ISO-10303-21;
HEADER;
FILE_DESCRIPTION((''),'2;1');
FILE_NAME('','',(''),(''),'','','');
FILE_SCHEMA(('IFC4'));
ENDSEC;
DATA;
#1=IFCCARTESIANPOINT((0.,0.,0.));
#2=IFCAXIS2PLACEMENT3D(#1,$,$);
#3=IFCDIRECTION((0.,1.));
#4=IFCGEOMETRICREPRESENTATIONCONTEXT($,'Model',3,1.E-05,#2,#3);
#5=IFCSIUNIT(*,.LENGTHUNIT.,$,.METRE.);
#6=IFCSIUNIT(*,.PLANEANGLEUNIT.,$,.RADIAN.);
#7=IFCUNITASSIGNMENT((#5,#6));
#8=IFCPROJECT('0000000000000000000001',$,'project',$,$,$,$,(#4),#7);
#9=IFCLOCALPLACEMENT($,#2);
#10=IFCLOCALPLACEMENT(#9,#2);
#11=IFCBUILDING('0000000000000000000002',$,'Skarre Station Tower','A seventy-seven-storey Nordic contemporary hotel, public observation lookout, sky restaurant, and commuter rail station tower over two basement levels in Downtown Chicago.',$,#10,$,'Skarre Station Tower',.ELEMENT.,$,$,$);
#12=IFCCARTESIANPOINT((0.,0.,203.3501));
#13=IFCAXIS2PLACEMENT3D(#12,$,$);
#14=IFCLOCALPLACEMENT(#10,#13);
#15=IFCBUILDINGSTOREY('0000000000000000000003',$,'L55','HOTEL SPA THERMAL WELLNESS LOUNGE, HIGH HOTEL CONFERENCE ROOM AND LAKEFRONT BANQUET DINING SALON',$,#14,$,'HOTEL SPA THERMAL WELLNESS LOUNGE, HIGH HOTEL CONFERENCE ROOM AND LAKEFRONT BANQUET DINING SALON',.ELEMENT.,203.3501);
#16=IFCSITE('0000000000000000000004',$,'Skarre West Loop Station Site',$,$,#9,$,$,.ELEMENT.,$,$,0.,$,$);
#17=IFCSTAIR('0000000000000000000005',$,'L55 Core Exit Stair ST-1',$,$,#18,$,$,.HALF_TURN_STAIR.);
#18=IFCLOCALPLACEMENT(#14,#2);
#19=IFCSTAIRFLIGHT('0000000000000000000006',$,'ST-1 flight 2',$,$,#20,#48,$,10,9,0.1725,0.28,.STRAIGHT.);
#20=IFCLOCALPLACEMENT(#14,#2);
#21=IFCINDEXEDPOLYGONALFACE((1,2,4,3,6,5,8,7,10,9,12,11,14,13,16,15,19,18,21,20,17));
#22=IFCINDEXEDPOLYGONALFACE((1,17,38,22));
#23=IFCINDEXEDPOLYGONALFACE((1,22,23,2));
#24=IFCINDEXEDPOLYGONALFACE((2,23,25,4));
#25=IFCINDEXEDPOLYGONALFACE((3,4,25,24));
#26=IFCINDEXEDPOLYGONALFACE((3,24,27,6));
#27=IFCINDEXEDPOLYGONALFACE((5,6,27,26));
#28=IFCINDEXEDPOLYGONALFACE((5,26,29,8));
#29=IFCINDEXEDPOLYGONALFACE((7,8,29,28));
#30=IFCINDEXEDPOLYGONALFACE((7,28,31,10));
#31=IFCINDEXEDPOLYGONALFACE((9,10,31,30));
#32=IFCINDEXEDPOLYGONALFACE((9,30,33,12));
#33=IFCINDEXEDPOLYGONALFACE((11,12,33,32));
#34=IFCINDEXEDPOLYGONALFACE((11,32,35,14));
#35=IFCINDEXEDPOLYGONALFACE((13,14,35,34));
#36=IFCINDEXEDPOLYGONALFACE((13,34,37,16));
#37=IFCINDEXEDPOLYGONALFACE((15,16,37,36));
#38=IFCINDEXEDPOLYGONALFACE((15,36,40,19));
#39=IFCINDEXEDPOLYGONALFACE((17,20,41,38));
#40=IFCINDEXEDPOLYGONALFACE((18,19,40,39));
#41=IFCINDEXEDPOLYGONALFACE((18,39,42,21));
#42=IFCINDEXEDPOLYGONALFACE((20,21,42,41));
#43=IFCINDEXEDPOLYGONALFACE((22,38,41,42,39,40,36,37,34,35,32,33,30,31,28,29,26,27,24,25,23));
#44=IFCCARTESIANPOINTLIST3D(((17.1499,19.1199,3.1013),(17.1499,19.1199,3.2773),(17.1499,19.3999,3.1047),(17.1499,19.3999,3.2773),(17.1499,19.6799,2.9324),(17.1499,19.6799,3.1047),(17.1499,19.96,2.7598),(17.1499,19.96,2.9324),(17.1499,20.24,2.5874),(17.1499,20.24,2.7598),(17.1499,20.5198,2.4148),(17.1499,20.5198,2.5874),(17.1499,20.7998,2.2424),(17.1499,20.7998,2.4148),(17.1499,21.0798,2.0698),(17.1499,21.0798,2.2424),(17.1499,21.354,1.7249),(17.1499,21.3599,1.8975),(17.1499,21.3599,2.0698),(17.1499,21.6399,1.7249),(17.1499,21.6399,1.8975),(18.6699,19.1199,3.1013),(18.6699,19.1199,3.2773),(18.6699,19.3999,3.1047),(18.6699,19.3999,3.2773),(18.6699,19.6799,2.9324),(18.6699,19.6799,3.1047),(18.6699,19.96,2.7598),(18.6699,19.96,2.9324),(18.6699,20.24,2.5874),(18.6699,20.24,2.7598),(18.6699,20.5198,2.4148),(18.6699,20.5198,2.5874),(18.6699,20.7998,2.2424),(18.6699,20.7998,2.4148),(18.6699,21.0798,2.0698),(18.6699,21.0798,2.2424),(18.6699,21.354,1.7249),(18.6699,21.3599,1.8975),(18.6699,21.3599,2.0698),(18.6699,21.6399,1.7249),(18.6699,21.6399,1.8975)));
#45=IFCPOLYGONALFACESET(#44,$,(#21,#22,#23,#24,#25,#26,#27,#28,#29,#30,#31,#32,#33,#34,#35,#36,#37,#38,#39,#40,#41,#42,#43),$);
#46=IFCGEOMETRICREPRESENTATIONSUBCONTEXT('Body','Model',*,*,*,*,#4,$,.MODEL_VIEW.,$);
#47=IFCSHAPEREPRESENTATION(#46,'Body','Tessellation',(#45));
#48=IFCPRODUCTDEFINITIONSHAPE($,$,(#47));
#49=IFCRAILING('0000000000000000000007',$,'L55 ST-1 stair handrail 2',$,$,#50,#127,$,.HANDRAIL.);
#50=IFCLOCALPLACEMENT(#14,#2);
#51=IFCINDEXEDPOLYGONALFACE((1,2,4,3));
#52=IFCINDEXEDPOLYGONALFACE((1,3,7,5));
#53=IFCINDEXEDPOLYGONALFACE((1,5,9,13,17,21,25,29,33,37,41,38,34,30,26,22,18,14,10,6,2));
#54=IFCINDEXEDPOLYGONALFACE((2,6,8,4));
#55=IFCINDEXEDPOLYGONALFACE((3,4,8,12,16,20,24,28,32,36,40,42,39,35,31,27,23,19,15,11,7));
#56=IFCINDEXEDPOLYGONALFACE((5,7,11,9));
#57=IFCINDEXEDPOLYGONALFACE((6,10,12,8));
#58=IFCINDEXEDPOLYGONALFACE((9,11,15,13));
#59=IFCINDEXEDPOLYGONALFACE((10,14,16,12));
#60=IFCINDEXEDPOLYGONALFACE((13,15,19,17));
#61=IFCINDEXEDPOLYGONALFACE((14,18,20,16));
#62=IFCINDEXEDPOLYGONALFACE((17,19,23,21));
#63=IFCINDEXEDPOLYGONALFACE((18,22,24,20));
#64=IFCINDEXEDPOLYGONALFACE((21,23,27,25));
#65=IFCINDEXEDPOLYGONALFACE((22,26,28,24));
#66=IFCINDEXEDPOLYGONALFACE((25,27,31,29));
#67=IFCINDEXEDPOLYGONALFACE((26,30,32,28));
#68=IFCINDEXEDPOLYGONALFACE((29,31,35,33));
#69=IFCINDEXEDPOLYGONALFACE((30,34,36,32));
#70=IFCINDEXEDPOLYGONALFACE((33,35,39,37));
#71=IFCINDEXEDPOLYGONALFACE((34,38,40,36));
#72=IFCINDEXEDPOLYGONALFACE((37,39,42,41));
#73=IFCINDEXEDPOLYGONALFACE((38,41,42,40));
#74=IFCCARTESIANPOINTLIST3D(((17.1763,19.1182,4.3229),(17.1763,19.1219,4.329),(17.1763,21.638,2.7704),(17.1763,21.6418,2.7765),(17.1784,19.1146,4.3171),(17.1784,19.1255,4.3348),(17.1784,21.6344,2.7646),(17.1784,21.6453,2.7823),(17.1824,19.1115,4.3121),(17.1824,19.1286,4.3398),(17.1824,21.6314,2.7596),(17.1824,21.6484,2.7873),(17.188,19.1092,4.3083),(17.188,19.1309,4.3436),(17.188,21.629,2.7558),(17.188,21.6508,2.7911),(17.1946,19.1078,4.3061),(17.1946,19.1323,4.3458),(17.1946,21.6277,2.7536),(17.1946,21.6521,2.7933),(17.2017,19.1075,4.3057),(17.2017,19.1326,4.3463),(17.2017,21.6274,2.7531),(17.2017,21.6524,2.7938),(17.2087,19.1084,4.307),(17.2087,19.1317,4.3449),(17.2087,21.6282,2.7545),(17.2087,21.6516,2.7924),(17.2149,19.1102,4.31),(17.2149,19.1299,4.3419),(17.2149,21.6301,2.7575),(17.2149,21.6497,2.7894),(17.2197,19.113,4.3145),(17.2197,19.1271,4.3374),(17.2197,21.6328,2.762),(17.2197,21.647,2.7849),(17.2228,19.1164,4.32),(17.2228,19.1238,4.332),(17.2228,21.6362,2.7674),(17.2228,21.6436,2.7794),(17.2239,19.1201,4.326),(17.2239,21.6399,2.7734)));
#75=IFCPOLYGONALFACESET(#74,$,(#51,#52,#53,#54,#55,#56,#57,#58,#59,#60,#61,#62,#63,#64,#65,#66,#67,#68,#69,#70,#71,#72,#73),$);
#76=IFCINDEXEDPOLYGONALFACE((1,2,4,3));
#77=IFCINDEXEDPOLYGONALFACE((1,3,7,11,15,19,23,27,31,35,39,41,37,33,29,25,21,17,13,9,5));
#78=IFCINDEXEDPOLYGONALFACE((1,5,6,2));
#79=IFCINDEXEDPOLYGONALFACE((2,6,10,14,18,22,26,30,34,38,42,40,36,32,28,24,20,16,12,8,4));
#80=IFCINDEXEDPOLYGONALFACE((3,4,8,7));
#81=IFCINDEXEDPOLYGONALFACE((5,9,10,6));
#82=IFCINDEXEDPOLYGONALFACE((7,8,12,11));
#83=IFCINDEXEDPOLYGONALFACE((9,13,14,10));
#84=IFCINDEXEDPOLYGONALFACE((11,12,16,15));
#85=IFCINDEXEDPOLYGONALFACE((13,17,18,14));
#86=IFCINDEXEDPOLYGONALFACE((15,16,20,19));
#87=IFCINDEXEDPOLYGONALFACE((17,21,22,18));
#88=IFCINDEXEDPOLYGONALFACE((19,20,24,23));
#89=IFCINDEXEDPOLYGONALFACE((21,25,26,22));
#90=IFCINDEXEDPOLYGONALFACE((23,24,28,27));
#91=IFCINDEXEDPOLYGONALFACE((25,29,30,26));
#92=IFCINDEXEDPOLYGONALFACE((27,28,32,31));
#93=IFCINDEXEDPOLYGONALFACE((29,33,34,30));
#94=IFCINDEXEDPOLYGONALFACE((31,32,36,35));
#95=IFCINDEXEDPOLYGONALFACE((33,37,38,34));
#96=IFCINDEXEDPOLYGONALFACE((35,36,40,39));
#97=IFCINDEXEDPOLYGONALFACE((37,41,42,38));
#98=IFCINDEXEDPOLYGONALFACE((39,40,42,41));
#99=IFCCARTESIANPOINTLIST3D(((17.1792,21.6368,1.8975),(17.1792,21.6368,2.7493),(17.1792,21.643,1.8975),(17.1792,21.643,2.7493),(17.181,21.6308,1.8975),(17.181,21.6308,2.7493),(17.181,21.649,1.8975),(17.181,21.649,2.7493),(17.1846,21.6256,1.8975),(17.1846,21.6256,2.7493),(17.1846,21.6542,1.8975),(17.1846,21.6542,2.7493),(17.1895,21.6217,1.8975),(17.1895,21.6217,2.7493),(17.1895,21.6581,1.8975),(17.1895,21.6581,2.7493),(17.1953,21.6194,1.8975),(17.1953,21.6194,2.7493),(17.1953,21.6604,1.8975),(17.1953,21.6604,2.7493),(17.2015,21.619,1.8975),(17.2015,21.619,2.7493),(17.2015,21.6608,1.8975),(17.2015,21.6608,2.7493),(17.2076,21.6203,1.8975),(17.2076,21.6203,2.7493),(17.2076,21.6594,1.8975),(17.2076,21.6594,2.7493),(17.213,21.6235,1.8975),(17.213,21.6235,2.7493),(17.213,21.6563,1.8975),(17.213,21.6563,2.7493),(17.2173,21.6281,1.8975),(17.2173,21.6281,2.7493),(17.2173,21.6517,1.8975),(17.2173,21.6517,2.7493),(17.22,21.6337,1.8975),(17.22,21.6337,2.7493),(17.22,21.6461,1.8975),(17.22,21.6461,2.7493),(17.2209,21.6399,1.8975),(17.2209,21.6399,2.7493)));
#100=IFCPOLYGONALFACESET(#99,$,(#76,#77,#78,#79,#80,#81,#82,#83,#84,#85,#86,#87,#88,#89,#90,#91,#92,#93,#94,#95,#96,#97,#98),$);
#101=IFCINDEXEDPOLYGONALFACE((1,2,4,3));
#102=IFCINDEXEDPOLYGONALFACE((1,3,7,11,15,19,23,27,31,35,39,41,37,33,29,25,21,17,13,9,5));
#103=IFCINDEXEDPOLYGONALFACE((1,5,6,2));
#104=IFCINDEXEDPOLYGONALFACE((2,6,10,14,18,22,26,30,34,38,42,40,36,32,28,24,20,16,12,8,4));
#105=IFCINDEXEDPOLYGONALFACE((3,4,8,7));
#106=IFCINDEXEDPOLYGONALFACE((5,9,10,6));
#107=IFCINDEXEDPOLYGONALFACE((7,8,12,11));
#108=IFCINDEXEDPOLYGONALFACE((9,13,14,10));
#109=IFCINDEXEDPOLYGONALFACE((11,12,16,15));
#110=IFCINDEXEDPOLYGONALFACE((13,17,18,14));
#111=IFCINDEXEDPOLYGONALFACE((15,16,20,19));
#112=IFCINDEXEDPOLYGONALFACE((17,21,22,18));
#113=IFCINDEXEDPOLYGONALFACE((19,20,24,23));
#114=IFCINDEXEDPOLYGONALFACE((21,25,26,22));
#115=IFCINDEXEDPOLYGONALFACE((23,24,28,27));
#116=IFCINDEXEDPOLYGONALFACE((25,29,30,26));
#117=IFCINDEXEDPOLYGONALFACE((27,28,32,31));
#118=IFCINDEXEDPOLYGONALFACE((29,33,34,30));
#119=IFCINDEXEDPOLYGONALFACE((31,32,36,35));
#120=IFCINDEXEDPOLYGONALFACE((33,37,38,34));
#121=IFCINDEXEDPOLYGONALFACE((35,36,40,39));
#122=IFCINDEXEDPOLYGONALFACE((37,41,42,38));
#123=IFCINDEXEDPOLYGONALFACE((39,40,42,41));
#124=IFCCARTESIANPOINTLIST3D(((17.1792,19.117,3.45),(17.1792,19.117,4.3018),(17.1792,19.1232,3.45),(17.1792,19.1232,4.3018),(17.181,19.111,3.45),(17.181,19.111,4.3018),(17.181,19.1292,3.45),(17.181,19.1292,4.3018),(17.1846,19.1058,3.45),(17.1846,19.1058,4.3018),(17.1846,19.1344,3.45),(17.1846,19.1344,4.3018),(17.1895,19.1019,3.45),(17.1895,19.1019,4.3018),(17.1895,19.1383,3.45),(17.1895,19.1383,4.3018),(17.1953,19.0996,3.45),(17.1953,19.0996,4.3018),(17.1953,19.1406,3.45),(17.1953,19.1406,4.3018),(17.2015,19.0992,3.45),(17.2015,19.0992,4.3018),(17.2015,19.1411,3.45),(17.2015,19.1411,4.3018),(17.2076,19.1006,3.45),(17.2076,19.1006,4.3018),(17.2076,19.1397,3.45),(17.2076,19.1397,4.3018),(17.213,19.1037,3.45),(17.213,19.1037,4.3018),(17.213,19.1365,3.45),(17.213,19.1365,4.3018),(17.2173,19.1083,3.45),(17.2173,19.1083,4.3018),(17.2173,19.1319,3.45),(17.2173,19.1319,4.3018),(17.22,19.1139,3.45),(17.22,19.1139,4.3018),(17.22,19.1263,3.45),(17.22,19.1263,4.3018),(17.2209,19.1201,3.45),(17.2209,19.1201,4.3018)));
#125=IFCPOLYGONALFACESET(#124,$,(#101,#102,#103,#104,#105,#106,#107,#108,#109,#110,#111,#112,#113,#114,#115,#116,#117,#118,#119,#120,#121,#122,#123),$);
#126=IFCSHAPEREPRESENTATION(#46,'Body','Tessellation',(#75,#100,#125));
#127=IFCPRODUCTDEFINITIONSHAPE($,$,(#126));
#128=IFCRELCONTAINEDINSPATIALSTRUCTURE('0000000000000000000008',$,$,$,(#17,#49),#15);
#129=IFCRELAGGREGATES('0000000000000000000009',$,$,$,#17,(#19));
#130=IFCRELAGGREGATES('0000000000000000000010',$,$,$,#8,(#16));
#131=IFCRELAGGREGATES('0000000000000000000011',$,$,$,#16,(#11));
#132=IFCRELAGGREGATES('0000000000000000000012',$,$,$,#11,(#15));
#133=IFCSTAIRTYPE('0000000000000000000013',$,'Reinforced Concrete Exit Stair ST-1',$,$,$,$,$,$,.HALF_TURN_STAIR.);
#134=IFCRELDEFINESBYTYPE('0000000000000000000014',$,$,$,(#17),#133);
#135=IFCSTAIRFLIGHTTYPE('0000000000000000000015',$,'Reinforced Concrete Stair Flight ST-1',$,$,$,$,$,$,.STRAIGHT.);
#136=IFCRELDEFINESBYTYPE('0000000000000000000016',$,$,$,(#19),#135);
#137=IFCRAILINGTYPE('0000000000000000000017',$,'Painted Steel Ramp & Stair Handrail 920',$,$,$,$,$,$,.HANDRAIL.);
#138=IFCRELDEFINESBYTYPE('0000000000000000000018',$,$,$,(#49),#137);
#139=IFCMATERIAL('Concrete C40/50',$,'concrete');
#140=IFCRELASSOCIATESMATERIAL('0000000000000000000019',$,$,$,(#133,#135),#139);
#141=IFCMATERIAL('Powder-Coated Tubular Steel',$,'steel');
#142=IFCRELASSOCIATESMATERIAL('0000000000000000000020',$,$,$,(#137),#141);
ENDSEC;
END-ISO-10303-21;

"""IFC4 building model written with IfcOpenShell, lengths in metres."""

from ifc_helpers import new_model, si_unit, direction, frame, origin, origin_2d, place, context, subcontext, project, spatial, polyline, circle, outline, extrude, material, type_object, element, aggregate, save


model = new_model("IFC4")

# Units and contexts
model_context = context("Model", 3, precision=1e-05, world=origin(), true_north=direction((0.0, 1.0)))
body_context = subcontext(model_context, "Body", "Model", "MODEL_VIEW")
ifc_project = project(units=[si_unit("LENGTHUNIT", "METRE"), si_unit("PLANEANGLEUNIT", "RADIAN")], contexts=[model_context])

# Site, building, storey
site_placement = place(None, origin())
site = spatial("IfcSite", under=ifc_project, at=site_placement, Name="Skarre West Loop Station Site", CompositionType="ELEMENT", RefElevation=0.0)
building_placement = place(site_placement, origin())
building = spatial("IfcBuilding", under=site, at=building_placement, Name="Skarre Station Tower", Description="A seventy-seven-storey Nordic contemporary hotel, public observation lookout, sky restaurant, and commuter rail station tower over two basement levels in Downtown Chicago.", LongName="Skarre Station Tower", CompositionType="ELEMENT")
storey_placement = place(building_placement, frame((0.0, 0.0, 203.3501)))
storey = spatial("IfcBuildingStorey", under=building, at=storey_placement, Name="L55", Description="HOTEL SPA THERMAL WELLNESS LOUNGE, HIGH HOTEL CONFERENCE ROOM AND LAKEFRONT BANQUET DINING SALON", LongName="HOTEL SPA THERMAL WELLNESS LOUNGE, HIGH HOTEL CONFERENCE ROOM AND LAKEFRONT BANQUET DINING SALON", CompositionType="ELEMENT", Elevation=203.3501)

# Stair
ifc_material_1 = material(Name="Concrete C40/50", Category="concrete")
stair_type_1 = type_object("IfcStairType", Name="Reinforced Concrete Exit Stair ST-1", PredefinedType="HALF_TURN_STAIR", material=ifc_material_1)
stair_1_placement = place(storey_placement, origin())
stair_1 = element("IfcStair", 1, at=stair_1_placement, inside=storey, type_object=stair_type_1, Name="L55 Core Exit Stair ST-1", PredefinedType="HALF_TURN_STAIR")

# Stair flight
stair_flight_type = type_object("IfcStairFlightType", Name="Reinforced Concrete Stair Flight ST-1", PredefinedType="STRAIGHT", material=ifc_material_1)
stair_flight_1_placement = place(storey_placement, frame((17.9099, 21.6399, 1.7249), z_axis=(0.0, 0.0, 1.0), x_axis=(0.0, -1.0, 0.0)))
stair_flight_1 = element("IfcStairFlight", 2, at=stair_flight_1_placement, type_object=stair_flight_type, Name="ST-1 flight 2", NumberOfRisers=10, NumberOfTreads=9, PredefinedType="STRAIGHT", RiserHeight=0.1725, TreadLength=0.28, context=body_context, shape_type="SweptSolid", body=[
    extrude(outline(polyline([(0.0, 0.0), (0.0, 0.1726), (0.28, 0.1726), (0.28, 0.345), (0.5601, 0.345), (0.5601, 0.5176), (0.8401, 0.5176), (0.8401, 0.6899), (1.1201, 0.6899), (1.1201, 0.8625), (1.3999, 0.8625), (1.3999, 1.0349), (1.6799, 1.0349), (1.6799, 1.2075), (1.96, 1.2075), (1.96, 1.3799), (2.24, 1.3799), (2.24, 1.5525), (2.52, 1.5525), (2.52, 1.7251), (2.52, 1.3765), (0.2859, 0.0), (0.0, 0.0)])), frame((0.0, 0.76, 0.0), z_axis=(0.0, -1.0, 0.0), x_axis=(1.0, 0.0, 0.0)), (0.0, 0.0, 1.0), 1.52),
])
aggregate(stair_1, [stair_flight_1])

# Railing
ifc_material_2 = material(Name="Powder-Coated Tubular Steel", Category="steel")
railing_type_1 = type_object("IfcRailingType", Name="Painted Steel Ramp & Stair Handrail 920", PredefinedType="HANDRAIL", material=ifc_material_2)
railing_1_placement = place(storey_placement, frame((17.2, 21.6399, 1.8975)))
element("IfcRailing", 3, at=railing_1_placement, inside=storey, type_object=railing_type_1, Name="L55 ST-1 stair handrail 2", PredefinedType="HANDRAIL", context=body_context, shape_type="SweptSolid", body=[
    extrude(circle(Radius=0.0239, at=origin_2d()), frame((0.0, 0.0, 0.876), z_axis=(0.0, -0.851378, 0.524553), x_axis=(1.0, 0.0, 0.0)), (0.0, 0.0, 1.0), 2.9597),
    extrude(circle(Radius=0.021, at=origin_2d()), origin(), (0.0, 0.0, 1.0), 0.8518),
    extrude(circle(Radius=0.021, at=origin_2d()), frame((0.0, -2.5198, 1.5525)), (0.0, 0.0, 1.0), 0.8518),
])

save(model, "model.ifc")
